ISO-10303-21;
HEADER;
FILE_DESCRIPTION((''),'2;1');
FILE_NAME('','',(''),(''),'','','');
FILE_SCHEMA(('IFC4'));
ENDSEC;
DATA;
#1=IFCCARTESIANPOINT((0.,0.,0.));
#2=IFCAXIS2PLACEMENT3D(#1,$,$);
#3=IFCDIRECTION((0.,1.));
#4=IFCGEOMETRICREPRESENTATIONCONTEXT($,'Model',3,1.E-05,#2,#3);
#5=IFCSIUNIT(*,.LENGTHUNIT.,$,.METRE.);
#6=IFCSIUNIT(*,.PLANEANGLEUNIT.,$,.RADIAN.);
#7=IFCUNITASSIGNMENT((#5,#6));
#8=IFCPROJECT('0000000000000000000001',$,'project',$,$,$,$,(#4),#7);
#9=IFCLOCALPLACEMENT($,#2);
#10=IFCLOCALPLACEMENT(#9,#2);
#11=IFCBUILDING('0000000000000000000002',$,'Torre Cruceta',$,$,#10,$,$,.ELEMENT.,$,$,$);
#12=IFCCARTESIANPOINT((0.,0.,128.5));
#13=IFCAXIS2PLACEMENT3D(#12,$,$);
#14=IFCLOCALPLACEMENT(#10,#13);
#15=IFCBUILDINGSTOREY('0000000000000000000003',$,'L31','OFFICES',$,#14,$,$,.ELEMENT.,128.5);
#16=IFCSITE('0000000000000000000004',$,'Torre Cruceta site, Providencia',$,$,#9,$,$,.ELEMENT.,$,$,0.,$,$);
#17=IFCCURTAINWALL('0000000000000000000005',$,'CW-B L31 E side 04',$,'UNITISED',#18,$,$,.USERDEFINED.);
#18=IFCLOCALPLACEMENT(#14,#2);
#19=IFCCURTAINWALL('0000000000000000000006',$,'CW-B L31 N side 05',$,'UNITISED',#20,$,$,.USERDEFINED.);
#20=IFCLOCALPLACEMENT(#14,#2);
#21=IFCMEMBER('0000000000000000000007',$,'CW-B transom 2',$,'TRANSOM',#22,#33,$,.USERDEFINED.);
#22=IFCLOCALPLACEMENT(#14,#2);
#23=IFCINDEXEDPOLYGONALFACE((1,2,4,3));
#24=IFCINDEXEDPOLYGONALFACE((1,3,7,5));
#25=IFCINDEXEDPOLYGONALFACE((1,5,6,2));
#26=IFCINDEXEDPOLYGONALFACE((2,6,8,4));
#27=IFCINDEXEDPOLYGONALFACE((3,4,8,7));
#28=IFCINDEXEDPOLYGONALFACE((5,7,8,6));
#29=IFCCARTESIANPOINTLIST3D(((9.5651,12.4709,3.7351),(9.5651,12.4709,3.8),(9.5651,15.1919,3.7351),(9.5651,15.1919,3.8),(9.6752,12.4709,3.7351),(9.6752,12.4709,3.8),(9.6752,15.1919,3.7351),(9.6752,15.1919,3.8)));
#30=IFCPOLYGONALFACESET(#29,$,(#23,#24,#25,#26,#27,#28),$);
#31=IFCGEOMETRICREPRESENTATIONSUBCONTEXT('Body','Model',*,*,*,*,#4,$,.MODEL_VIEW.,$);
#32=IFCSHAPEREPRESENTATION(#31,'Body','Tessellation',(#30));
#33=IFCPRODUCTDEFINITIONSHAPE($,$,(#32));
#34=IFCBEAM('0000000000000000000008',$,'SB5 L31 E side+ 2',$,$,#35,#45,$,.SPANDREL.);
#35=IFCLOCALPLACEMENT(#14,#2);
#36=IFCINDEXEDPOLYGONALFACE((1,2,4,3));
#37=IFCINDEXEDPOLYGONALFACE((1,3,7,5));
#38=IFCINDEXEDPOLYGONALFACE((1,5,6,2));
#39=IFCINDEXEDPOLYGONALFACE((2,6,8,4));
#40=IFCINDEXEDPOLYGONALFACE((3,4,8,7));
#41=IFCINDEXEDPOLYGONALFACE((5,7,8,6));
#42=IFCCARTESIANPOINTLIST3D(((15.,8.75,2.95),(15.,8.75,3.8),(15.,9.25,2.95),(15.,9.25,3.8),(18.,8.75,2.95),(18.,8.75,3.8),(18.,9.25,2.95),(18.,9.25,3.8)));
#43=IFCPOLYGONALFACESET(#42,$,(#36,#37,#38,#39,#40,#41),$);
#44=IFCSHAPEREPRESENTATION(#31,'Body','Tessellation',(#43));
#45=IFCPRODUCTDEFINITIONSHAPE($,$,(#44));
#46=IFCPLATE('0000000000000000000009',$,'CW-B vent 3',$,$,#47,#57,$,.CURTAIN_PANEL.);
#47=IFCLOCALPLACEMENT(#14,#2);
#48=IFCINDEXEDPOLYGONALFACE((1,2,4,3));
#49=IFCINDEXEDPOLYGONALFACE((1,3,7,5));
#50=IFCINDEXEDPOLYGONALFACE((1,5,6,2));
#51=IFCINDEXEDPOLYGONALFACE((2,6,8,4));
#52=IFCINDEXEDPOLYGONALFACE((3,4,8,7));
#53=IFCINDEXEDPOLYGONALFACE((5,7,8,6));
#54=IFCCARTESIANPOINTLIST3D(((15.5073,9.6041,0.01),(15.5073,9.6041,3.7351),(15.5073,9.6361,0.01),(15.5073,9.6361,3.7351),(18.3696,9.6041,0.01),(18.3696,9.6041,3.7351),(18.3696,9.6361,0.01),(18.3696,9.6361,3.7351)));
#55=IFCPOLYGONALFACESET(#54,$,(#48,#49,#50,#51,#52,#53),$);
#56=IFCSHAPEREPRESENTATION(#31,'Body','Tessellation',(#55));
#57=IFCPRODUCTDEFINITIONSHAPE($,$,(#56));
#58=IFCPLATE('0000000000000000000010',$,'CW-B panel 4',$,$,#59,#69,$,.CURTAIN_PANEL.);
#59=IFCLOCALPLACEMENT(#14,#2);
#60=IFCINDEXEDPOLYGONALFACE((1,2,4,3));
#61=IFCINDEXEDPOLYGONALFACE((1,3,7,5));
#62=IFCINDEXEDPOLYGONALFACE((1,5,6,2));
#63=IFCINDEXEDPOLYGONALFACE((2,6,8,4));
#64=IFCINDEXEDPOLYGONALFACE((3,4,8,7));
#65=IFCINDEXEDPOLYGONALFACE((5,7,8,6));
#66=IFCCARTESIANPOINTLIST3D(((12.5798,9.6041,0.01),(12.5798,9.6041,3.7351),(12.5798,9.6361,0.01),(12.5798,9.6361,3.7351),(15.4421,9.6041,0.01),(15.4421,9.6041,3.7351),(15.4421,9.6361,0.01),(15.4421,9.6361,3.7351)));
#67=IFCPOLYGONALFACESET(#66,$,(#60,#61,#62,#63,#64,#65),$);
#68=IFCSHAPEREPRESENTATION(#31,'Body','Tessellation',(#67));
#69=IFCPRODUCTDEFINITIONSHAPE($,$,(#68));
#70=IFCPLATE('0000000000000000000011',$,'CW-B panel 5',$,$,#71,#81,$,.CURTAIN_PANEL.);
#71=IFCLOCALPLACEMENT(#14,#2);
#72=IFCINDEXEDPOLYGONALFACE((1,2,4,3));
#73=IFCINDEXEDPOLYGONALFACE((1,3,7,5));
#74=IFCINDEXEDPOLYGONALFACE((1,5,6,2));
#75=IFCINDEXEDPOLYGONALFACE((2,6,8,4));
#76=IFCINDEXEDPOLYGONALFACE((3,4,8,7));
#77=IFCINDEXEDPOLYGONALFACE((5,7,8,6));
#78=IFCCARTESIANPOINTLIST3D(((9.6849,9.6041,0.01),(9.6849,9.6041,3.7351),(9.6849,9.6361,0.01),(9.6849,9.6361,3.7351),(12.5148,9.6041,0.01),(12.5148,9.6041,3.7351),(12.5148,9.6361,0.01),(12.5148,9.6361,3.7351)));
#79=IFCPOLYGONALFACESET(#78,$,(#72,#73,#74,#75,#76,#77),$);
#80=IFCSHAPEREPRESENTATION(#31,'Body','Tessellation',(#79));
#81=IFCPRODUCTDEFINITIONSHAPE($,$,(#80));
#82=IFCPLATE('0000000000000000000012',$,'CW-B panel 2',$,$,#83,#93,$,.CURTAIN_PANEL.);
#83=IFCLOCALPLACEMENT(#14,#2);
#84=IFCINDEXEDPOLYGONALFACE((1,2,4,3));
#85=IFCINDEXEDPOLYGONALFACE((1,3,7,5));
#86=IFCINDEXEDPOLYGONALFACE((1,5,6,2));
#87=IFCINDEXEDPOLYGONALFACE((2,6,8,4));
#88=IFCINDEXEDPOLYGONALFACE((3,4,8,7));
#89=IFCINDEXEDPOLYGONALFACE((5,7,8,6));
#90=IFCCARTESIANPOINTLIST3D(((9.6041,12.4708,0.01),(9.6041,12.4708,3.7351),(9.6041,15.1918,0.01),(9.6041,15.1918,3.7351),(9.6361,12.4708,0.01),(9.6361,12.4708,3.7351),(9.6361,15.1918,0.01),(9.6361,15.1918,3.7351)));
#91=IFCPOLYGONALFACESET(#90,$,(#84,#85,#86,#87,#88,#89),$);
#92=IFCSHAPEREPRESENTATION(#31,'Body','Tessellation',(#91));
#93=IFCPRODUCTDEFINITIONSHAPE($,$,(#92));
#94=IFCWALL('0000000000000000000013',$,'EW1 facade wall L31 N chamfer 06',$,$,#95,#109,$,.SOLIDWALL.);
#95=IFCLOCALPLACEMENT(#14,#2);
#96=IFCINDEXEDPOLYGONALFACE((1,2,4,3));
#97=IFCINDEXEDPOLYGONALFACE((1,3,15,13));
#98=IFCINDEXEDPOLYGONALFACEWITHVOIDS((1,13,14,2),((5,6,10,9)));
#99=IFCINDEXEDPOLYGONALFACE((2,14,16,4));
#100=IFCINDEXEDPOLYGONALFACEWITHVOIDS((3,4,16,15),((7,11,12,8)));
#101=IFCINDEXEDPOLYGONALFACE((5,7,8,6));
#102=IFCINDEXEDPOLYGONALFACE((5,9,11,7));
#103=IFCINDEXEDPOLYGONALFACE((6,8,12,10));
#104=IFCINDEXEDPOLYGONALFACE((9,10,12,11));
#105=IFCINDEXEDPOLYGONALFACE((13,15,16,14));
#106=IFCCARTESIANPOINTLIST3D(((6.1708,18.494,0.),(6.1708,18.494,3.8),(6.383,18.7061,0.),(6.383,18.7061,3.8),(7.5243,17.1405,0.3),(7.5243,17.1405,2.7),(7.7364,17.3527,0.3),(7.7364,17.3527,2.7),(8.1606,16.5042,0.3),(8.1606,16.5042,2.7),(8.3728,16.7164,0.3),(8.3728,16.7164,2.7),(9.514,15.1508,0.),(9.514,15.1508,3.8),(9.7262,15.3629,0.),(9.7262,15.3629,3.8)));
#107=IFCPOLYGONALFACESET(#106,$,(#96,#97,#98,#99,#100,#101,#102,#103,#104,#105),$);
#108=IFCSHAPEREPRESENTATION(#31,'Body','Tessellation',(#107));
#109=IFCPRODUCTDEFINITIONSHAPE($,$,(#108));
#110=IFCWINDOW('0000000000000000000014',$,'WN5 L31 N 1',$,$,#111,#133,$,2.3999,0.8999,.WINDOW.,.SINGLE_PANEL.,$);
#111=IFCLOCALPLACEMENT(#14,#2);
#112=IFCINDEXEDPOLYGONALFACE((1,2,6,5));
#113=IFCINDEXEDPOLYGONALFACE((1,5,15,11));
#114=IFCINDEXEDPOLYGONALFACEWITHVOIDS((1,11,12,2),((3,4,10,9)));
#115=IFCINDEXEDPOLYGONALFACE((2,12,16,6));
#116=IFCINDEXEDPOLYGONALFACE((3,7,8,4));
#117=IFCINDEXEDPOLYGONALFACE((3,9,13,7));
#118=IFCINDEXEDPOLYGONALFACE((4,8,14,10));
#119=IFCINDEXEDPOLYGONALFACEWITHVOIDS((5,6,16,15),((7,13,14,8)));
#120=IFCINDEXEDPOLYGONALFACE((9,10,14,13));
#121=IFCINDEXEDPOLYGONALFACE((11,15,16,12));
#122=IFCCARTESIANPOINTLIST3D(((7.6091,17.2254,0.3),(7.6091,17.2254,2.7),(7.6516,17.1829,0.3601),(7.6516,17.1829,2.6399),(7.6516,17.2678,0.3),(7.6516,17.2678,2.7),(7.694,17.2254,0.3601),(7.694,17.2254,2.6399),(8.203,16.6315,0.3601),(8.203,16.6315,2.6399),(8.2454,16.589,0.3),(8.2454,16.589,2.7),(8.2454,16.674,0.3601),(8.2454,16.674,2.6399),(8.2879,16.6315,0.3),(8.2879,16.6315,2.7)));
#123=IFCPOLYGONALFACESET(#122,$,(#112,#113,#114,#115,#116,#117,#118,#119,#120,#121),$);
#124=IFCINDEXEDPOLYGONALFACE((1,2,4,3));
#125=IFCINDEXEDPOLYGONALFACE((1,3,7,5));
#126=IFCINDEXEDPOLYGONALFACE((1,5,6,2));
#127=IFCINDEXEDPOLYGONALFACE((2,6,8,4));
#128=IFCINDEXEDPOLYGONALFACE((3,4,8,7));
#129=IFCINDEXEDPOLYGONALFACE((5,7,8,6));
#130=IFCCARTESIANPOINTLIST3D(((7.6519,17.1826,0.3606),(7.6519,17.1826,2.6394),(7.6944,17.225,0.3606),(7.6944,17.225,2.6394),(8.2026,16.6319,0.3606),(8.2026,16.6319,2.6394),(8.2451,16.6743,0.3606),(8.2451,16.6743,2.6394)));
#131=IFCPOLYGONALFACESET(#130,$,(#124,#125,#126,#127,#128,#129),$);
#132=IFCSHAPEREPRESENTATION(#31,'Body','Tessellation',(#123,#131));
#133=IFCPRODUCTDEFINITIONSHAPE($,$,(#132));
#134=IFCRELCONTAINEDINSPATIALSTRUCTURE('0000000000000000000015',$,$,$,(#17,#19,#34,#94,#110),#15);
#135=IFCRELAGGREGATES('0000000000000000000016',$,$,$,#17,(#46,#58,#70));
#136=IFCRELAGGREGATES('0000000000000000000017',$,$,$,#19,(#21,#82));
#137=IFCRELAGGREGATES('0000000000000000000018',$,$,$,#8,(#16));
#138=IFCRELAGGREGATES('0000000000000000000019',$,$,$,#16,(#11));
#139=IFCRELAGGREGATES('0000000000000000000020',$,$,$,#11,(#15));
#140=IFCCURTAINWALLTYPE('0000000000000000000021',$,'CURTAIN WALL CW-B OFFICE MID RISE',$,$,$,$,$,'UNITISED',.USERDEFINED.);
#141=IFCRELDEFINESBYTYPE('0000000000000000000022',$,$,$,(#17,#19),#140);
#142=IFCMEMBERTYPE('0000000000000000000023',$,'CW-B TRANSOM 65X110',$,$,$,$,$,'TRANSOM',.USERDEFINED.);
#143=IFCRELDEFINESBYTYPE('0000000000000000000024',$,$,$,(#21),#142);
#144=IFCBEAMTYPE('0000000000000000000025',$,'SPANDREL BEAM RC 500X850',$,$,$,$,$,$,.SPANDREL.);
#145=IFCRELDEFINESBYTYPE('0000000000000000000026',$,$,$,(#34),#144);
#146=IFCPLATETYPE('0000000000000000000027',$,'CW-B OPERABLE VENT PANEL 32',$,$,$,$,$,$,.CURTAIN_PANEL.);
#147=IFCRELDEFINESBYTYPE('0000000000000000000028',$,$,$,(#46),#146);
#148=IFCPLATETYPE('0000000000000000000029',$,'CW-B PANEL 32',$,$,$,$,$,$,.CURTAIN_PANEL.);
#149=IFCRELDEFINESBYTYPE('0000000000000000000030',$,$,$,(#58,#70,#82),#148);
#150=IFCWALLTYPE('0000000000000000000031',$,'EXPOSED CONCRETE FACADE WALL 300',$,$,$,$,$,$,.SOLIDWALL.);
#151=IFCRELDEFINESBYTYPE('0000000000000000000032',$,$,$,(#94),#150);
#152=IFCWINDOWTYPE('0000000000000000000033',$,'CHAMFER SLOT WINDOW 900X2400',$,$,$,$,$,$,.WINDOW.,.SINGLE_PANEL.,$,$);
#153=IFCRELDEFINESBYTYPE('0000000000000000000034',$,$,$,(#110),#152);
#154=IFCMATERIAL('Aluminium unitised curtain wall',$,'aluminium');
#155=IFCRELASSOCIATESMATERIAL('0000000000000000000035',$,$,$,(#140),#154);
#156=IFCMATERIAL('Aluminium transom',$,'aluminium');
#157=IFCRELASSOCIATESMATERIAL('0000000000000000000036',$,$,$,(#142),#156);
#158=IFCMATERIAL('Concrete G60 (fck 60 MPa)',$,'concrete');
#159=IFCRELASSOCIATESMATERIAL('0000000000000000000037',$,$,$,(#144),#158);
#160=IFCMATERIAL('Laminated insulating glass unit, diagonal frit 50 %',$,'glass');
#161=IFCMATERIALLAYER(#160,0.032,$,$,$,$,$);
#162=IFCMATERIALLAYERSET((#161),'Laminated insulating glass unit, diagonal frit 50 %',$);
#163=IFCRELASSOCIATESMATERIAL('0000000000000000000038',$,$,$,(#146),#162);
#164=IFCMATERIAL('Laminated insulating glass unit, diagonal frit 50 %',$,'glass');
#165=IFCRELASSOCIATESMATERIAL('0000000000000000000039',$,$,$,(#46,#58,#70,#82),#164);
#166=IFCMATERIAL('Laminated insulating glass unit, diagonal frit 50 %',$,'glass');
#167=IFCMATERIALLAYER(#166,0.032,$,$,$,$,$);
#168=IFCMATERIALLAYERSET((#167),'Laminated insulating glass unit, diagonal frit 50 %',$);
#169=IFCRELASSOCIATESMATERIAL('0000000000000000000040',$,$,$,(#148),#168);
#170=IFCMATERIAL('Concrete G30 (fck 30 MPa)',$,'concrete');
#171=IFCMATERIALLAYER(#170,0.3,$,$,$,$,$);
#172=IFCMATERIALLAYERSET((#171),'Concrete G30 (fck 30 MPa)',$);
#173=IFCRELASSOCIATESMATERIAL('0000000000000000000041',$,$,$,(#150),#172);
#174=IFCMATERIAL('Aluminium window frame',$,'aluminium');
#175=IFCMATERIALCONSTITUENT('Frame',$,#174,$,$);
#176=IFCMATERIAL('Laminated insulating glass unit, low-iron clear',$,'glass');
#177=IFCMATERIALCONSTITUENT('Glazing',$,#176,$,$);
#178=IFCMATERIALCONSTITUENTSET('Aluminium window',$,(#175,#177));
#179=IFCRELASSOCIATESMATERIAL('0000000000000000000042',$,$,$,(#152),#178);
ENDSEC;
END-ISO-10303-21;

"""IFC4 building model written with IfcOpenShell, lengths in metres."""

from ifc_helpers import new_model, si_unit, direction, frame, frame_2d, origin, origin_2d, place, context, subcontext, project, spatial, rectangle, hollow_rectangle, extrude, material, layer, layer_set, constituent, constituent_set, material_profile, profile_set, type_object, element, fill, aggregate, save


model = new_model("IFC4")

# Units and contexts
model_context = context("Model", 3, precision=1e-05, world=origin(), true_north=direction((0.0, 1.0)))
body_context = subcontext(model_context, "Body", "Model", "MODEL_VIEW")
ifc_project = project(units=[si_unit("LENGTHUNIT", "METRE"), si_unit("PLANEANGLEUNIT", "RADIAN")], contexts=[model_context])

# Site, building, storey
site_placement = place(None, origin())
site = spatial("IfcSite", under=ifc_project, at=site_placement, Name="Torre Cruceta site, Providencia", CompositionType="ELEMENT", RefElevation=0.0)
building_placement = place(site_placement, origin())
building = spatial("IfcBuilding", under=site, at=building_placement, Name="Torre Cruceta", CompositionType="ELEMENT")
storey_placement = place(building_placement, frame((0.0, 0.0, 128.5)))
storey = spatial("IfcBuildingStorey", under=building, at=storey_placement, Name="L31", Description="OFFICES", CompositionType="ELEMENT", Elevation=128.5)

# Curtain walls
ifc_material_1 = material(Name="Aluminium unitised curtain wall", Category="aluminium")
curtain_wall_type = type_object("IfcCurtainWallType", Name="CURTAIN WALL CW-B OFFICE MID RISE", ElementType="UNITISED", PredefinedType="USERDEFINED", material=ifc_material_1)
curtain_wall_1_placement = place(storey_placement, origin())
curtain_wall_1 = element("IfcCurtainWall", 1, at=curtain_wall_1_placement, inside=storey, type_object=curtain_wall_type, Name="CW-B L31 E side 04", ObjectType="UNITISED", PredefinedType="USERDEFINED")
curtain_wall_2_placement = place(storey_placement, origin())
curtain_wall_2 = element("IfcCurtainWall", 2, at=curtain_wall_2_placement, inside=storey, type_object=curtain_wall_type, Name="CW-B L31 N side 05", ObjectType="UNITISED", PredefinedType="USERDEFINED")

# Member
ifc_material_2 = material(Name="Aluminium transom", Category="aluminium")
ifc_material_profile_1 = material_profile(ifc_material_2, rectangle(XDim=0.1101, YDim=0.0649, at=origin_2d()), Name="AL 110X65")
ifc_profile_set_1 = profile_set([ifc_material_profile_1], Name="Aluminium transom")
member_type_1 = type_object("IfcMemberType", Name="CW-B TRANSOM 65X110", ElementType="TRANSOM", PredefinedType="USERDEFINED", material=ifc_profile_set_1)
member_1_placement = place(storey_placement, frame((9.6201, 12.4709, 3.7676), z_axis=(0.0, 1.0, 0.0), x_axis=(-1.0, 0.0, 0.0)))
member_1 = element("IfcMember", 3, at=member_1_placement, type_object=member_type_1, Name="CW-B transom 2", ObjectType="TRANSOM", PredefinedType="USERDEFINED", context=body_context, shape_type="SweptSolid", body=[
    extrude(rectangle(XDim=0.1101, YDim=0.0649, at=origin_2d()), origin(), (0.0, 0.0, 1.0), 2.7209),
])

# Beam
ifc_material_3 = material(Name="Concrete G60 (fck 60 MPa)", Category="concrete")
ifc_material_profile_2 = material_profile(ifc_material_3, rectangle(XDim=0.5, YDim=0.8501, at=origin_2d()), Name="RC 500X850")
ifc_profile_set_2 = profile_set([ifc_material_profile_2], Name="Concrete G60 (fck 60 MPa)")
beam_type_1 = type_object("IfcBeamType", Name="SPANDREL BEAM RC 500X850", PredefinedType="SPANDREL", material=ifc_profile_set_2)
beam_1_placement = place(storey_placement, frame((15.0, 9.0, 3.375), z_axis=(1.0, 0.0, 0.0), x_axis=(0.0, 1.0, 0.0)))
element("IfcBeam", 4, at=beam_1_placement, inside=storey, type_object=beam_type_1, Name="SB5 L31 E side+ 2", PredefinedType="SPANDREL", context=body_context, shape_type="SweptSolid", body=[
    extrude(rectangle(XDim=0.5, YDim=0.8501, at=origin_2d()), origin(), (0.0, 0.0, 1.0), 3.0),
])

# Plates
ifc_material_4 = material(Name="Laminated insulating glass unit, diagonal frit 50 %", Category="glass")
ifc_material_5 = material(Name="Laminated insulating glass unit, diagonal frit 50 %", Category="glass")
ifc_layer_1 = layer(ifc_material_5, 0.032)
ifc_layer_set_1 = layer_set([ifc_layer_1], Name="Laminated insulating glass unit, diagonal frit 50 %")
plate_type_1 = type_object("IfcPlateType", Name="CW-B OPERABLE VENT PANEL 32", PredefinedType="CURTAIN_PANEL", material=ifc_layer_set_1)
plate_1_placement = place(storey_placement, frame((16.9385, 9.6201, 0.01), z_axis=(0.0, 0.0, 1.0), x_axis=(-1.0, 0.0, 0.0)))
plate_1 = element("IfcPlate", 5, at=plate_1_placement, type_object=plate_type_1, material=ifc_material_4, Name="CW-B vent 3", PredefinedType="CURTAIN_PANEL", context=body_context, shape_type="SweptSolid", body=[
    extrude(rectangle(XDim=2.8623, YDim=0.032, at=origin_2d()), origin(), (0.0, 0.0, 1.0), 3.7251),
])
ifc_material_6 = material(Name="Laminated insulating glass unit, diagonal frit 50 %", Category="glass")
ifc_layer_2 = layer(ifc_material_6, 0.032)
ifc_layer_set_2 = layer_set([ifc_layer_2], Name="Laminated insulating glass unit, diagonal frit 50 %")
plate_type_2 = type_object("IfcPlateType", Name="CW-B PANEL 32", PredefinedType="CURTAIN_PANEL", material=ifc_layer_set_2)
plate_2_placement = place(storey_placement, frame((14.011, 9.6201, 0.01), z_axis=(0.0, 0.0, 1.0), x_axis=(-1.0, 0.0, 0.0)))
plate_2 = element("IfcPlate", 6, at=plate_2_placement, type_object=plate_type_2, material=ifc_material_4, Name="CW-B panel 4", PredefinedType="CURTAIN_PANEL", context=body_context, shape_type="SweptSolid", body=[
    extrude(rectangle(XDim=2.8623, YDim=0.032, at=origin_2d()), origin(), (0.0, 0.0, 1.0), 3.7251),
])
plate_3_placement = place(storey_placement, frame((11.0999, 9.6201, 0.01), z_axis=(0.0, 0.0, 1.0), x_axis=(-1.0, 0.0, 0.0)))
plate_3 = element("IfcPlate", 7, at=plate_3_placement, type_object=plate_type_2, material=ifc_material_4, Name="CW-B panel 5", PredefinedType="CURTAIN_PANEL", context=body_context, shape_type="SweptSolid", body=[
    extrude(rectangle(XDim=2.8298, YDim=0.032, at=origin_2d()), origin(), (0.0, 0.0, 1.0), 3.7251),
])
aggregate(curtain_wall_1, [plate_1, plate_2, plate_3])
plate_4_placement = place(storey_placement, frame((9.6201, 13.8313, 0.01), z_axis=(0.0, 0.0, 1.0), x_axis=(0.0, 1.0, 0.0)))
plate_4 = element("IfcPlate", 8, at=plate_4_placement, type_object=plate_type_2, material=ifc_material_4, Name="CW-B panel 2", PredefinedType="CURTAIN_PANEL", context=body_context, shape_type="SweptSolid", body=[
    extrude(rectangle(XDim=2.7209, YDim=0.032, at=origin_2d()), origin(), (0.0, 0.0, 1.0), 3.7251),
])
aggregate(curtain_wall_2, [member_1, plate_4])

# Wall, opening, window
ifc_material_7 = material(Name="Concrete G30 (fck 30 MPa)", Category="concrete")
ifc_layer_3 = layer(ifc_material_7, 0.3)
ifc_layer_set_3 = layer_set([ifc_layer_3], Name="Concrete G30 (fck 30 MPa)")
wall_type_1 = type_object("IfcWallType", Name="EXPOSED CONCRETE FACADE WALL 300", PredefinedType="SOLIDWALL", material=ifc_layer_set_3)
wall_1_placement = place(storey_placement, frame((9.6201, 15.2568, 0.0), z_axis=(0.0, 0.0, 1.0), x_axis=(-0.707107, 0.707107, 0.0)))
wall_1 = element("IfcWall", 9, at=wall_1_placement, inside=storey, type_object=wall_type_1, Name="EW1 facade wall L31 N chamfer 06", PredefinedType="SOLIDWALL", context=body_context, shape_type="SweptSolid", body=[
    extrude(rectangle(XDim=4.728, YDim=0.3, at=frame_2d((2.364, 0.0))), origin(), (0.0, 0.0, 1.0), 3.8),
])
opening_1_placement = place(wall_1_placement, frame((1.9141, 0.0, 0.3)))
opening_1 = element("IfcOpeningElement", 10, at=opening_1_placement, cuts=wall_1, PredefinedType="OPENING", context=body_context, shape_type="SweptSolid", body=[
    extrude(rectangle(XDim=0.8999, YDim=2.3999, at=frame_2d((0.45, 1.2))), frame((0.0, 0.1599, 0.0), z_axis=(0.0, -1.0, 0.0), x_axis=(1.0, 0.0, 0.0)), (0.0, 0.0, 1.0), 0.3201),
])
ifc_material_8 = material(Name="Aluminium window frame", Category="aluminium")
ifc_constituent_1 = constituent(ifc_material_8, Name="Frame")
ifc_material_9 = material(Name="Laminated insulating glass unit, low-iron clear", Category="glass")
ifc_constituent_2 = constituent(ifc_material_9, Name="Glazing")
ifc_constituent_set_1 = constituent_set(constituents=[ifc_constituent_1, ifc_constituent_2], Name="Aluminium window")
window_type = type_object("IfcWindowType", Name="CHAMFER SLOT WINDOW 900X2400", PartitioningType="SINGLE_PANEL", PredefinedType="WINDOW", material=ifc_constituent_set_1)
window_placement = place(opening_1_placement, origin())
window = element("IfcWindow", 11, at=window_placement, inside=storey, type_object=window_type, Name="WN5 L31 N 1", OverallHeight=2.3999, OverallWidth=0.8999, PartitioningType="SINGLE_PANEL", PredefinedType="WINDOW", context=body_context, shape_type="SweptSolid", body=[
    extrude(hollow_rectangle(XDim=0.8999, YDim=2.3999, WallThickness=0.0601, at=frame_2d((0.45, 1.2))), frame((0.0, 0.03, 0.0), z_axis=(0.0, -1.0, 0.0), x_axis=(1.0, 0.0, 0.0)), (0.0, 0.0, 1.0), 0.0601),
    extrude(rectangle(XDim=0.7788, YDim=2.2788, at=frame_2d((0.45, 1.2))), frame((0.0, 0.03, 0.0), z_axis=(0.0, -1.0, 0.0), x_axis=(1.0, 0.0, 0.0)), (0.0, 0.0, 1.0), 0.0601),
])
fill(opening_1, window)

save(model, "model.ifc")
